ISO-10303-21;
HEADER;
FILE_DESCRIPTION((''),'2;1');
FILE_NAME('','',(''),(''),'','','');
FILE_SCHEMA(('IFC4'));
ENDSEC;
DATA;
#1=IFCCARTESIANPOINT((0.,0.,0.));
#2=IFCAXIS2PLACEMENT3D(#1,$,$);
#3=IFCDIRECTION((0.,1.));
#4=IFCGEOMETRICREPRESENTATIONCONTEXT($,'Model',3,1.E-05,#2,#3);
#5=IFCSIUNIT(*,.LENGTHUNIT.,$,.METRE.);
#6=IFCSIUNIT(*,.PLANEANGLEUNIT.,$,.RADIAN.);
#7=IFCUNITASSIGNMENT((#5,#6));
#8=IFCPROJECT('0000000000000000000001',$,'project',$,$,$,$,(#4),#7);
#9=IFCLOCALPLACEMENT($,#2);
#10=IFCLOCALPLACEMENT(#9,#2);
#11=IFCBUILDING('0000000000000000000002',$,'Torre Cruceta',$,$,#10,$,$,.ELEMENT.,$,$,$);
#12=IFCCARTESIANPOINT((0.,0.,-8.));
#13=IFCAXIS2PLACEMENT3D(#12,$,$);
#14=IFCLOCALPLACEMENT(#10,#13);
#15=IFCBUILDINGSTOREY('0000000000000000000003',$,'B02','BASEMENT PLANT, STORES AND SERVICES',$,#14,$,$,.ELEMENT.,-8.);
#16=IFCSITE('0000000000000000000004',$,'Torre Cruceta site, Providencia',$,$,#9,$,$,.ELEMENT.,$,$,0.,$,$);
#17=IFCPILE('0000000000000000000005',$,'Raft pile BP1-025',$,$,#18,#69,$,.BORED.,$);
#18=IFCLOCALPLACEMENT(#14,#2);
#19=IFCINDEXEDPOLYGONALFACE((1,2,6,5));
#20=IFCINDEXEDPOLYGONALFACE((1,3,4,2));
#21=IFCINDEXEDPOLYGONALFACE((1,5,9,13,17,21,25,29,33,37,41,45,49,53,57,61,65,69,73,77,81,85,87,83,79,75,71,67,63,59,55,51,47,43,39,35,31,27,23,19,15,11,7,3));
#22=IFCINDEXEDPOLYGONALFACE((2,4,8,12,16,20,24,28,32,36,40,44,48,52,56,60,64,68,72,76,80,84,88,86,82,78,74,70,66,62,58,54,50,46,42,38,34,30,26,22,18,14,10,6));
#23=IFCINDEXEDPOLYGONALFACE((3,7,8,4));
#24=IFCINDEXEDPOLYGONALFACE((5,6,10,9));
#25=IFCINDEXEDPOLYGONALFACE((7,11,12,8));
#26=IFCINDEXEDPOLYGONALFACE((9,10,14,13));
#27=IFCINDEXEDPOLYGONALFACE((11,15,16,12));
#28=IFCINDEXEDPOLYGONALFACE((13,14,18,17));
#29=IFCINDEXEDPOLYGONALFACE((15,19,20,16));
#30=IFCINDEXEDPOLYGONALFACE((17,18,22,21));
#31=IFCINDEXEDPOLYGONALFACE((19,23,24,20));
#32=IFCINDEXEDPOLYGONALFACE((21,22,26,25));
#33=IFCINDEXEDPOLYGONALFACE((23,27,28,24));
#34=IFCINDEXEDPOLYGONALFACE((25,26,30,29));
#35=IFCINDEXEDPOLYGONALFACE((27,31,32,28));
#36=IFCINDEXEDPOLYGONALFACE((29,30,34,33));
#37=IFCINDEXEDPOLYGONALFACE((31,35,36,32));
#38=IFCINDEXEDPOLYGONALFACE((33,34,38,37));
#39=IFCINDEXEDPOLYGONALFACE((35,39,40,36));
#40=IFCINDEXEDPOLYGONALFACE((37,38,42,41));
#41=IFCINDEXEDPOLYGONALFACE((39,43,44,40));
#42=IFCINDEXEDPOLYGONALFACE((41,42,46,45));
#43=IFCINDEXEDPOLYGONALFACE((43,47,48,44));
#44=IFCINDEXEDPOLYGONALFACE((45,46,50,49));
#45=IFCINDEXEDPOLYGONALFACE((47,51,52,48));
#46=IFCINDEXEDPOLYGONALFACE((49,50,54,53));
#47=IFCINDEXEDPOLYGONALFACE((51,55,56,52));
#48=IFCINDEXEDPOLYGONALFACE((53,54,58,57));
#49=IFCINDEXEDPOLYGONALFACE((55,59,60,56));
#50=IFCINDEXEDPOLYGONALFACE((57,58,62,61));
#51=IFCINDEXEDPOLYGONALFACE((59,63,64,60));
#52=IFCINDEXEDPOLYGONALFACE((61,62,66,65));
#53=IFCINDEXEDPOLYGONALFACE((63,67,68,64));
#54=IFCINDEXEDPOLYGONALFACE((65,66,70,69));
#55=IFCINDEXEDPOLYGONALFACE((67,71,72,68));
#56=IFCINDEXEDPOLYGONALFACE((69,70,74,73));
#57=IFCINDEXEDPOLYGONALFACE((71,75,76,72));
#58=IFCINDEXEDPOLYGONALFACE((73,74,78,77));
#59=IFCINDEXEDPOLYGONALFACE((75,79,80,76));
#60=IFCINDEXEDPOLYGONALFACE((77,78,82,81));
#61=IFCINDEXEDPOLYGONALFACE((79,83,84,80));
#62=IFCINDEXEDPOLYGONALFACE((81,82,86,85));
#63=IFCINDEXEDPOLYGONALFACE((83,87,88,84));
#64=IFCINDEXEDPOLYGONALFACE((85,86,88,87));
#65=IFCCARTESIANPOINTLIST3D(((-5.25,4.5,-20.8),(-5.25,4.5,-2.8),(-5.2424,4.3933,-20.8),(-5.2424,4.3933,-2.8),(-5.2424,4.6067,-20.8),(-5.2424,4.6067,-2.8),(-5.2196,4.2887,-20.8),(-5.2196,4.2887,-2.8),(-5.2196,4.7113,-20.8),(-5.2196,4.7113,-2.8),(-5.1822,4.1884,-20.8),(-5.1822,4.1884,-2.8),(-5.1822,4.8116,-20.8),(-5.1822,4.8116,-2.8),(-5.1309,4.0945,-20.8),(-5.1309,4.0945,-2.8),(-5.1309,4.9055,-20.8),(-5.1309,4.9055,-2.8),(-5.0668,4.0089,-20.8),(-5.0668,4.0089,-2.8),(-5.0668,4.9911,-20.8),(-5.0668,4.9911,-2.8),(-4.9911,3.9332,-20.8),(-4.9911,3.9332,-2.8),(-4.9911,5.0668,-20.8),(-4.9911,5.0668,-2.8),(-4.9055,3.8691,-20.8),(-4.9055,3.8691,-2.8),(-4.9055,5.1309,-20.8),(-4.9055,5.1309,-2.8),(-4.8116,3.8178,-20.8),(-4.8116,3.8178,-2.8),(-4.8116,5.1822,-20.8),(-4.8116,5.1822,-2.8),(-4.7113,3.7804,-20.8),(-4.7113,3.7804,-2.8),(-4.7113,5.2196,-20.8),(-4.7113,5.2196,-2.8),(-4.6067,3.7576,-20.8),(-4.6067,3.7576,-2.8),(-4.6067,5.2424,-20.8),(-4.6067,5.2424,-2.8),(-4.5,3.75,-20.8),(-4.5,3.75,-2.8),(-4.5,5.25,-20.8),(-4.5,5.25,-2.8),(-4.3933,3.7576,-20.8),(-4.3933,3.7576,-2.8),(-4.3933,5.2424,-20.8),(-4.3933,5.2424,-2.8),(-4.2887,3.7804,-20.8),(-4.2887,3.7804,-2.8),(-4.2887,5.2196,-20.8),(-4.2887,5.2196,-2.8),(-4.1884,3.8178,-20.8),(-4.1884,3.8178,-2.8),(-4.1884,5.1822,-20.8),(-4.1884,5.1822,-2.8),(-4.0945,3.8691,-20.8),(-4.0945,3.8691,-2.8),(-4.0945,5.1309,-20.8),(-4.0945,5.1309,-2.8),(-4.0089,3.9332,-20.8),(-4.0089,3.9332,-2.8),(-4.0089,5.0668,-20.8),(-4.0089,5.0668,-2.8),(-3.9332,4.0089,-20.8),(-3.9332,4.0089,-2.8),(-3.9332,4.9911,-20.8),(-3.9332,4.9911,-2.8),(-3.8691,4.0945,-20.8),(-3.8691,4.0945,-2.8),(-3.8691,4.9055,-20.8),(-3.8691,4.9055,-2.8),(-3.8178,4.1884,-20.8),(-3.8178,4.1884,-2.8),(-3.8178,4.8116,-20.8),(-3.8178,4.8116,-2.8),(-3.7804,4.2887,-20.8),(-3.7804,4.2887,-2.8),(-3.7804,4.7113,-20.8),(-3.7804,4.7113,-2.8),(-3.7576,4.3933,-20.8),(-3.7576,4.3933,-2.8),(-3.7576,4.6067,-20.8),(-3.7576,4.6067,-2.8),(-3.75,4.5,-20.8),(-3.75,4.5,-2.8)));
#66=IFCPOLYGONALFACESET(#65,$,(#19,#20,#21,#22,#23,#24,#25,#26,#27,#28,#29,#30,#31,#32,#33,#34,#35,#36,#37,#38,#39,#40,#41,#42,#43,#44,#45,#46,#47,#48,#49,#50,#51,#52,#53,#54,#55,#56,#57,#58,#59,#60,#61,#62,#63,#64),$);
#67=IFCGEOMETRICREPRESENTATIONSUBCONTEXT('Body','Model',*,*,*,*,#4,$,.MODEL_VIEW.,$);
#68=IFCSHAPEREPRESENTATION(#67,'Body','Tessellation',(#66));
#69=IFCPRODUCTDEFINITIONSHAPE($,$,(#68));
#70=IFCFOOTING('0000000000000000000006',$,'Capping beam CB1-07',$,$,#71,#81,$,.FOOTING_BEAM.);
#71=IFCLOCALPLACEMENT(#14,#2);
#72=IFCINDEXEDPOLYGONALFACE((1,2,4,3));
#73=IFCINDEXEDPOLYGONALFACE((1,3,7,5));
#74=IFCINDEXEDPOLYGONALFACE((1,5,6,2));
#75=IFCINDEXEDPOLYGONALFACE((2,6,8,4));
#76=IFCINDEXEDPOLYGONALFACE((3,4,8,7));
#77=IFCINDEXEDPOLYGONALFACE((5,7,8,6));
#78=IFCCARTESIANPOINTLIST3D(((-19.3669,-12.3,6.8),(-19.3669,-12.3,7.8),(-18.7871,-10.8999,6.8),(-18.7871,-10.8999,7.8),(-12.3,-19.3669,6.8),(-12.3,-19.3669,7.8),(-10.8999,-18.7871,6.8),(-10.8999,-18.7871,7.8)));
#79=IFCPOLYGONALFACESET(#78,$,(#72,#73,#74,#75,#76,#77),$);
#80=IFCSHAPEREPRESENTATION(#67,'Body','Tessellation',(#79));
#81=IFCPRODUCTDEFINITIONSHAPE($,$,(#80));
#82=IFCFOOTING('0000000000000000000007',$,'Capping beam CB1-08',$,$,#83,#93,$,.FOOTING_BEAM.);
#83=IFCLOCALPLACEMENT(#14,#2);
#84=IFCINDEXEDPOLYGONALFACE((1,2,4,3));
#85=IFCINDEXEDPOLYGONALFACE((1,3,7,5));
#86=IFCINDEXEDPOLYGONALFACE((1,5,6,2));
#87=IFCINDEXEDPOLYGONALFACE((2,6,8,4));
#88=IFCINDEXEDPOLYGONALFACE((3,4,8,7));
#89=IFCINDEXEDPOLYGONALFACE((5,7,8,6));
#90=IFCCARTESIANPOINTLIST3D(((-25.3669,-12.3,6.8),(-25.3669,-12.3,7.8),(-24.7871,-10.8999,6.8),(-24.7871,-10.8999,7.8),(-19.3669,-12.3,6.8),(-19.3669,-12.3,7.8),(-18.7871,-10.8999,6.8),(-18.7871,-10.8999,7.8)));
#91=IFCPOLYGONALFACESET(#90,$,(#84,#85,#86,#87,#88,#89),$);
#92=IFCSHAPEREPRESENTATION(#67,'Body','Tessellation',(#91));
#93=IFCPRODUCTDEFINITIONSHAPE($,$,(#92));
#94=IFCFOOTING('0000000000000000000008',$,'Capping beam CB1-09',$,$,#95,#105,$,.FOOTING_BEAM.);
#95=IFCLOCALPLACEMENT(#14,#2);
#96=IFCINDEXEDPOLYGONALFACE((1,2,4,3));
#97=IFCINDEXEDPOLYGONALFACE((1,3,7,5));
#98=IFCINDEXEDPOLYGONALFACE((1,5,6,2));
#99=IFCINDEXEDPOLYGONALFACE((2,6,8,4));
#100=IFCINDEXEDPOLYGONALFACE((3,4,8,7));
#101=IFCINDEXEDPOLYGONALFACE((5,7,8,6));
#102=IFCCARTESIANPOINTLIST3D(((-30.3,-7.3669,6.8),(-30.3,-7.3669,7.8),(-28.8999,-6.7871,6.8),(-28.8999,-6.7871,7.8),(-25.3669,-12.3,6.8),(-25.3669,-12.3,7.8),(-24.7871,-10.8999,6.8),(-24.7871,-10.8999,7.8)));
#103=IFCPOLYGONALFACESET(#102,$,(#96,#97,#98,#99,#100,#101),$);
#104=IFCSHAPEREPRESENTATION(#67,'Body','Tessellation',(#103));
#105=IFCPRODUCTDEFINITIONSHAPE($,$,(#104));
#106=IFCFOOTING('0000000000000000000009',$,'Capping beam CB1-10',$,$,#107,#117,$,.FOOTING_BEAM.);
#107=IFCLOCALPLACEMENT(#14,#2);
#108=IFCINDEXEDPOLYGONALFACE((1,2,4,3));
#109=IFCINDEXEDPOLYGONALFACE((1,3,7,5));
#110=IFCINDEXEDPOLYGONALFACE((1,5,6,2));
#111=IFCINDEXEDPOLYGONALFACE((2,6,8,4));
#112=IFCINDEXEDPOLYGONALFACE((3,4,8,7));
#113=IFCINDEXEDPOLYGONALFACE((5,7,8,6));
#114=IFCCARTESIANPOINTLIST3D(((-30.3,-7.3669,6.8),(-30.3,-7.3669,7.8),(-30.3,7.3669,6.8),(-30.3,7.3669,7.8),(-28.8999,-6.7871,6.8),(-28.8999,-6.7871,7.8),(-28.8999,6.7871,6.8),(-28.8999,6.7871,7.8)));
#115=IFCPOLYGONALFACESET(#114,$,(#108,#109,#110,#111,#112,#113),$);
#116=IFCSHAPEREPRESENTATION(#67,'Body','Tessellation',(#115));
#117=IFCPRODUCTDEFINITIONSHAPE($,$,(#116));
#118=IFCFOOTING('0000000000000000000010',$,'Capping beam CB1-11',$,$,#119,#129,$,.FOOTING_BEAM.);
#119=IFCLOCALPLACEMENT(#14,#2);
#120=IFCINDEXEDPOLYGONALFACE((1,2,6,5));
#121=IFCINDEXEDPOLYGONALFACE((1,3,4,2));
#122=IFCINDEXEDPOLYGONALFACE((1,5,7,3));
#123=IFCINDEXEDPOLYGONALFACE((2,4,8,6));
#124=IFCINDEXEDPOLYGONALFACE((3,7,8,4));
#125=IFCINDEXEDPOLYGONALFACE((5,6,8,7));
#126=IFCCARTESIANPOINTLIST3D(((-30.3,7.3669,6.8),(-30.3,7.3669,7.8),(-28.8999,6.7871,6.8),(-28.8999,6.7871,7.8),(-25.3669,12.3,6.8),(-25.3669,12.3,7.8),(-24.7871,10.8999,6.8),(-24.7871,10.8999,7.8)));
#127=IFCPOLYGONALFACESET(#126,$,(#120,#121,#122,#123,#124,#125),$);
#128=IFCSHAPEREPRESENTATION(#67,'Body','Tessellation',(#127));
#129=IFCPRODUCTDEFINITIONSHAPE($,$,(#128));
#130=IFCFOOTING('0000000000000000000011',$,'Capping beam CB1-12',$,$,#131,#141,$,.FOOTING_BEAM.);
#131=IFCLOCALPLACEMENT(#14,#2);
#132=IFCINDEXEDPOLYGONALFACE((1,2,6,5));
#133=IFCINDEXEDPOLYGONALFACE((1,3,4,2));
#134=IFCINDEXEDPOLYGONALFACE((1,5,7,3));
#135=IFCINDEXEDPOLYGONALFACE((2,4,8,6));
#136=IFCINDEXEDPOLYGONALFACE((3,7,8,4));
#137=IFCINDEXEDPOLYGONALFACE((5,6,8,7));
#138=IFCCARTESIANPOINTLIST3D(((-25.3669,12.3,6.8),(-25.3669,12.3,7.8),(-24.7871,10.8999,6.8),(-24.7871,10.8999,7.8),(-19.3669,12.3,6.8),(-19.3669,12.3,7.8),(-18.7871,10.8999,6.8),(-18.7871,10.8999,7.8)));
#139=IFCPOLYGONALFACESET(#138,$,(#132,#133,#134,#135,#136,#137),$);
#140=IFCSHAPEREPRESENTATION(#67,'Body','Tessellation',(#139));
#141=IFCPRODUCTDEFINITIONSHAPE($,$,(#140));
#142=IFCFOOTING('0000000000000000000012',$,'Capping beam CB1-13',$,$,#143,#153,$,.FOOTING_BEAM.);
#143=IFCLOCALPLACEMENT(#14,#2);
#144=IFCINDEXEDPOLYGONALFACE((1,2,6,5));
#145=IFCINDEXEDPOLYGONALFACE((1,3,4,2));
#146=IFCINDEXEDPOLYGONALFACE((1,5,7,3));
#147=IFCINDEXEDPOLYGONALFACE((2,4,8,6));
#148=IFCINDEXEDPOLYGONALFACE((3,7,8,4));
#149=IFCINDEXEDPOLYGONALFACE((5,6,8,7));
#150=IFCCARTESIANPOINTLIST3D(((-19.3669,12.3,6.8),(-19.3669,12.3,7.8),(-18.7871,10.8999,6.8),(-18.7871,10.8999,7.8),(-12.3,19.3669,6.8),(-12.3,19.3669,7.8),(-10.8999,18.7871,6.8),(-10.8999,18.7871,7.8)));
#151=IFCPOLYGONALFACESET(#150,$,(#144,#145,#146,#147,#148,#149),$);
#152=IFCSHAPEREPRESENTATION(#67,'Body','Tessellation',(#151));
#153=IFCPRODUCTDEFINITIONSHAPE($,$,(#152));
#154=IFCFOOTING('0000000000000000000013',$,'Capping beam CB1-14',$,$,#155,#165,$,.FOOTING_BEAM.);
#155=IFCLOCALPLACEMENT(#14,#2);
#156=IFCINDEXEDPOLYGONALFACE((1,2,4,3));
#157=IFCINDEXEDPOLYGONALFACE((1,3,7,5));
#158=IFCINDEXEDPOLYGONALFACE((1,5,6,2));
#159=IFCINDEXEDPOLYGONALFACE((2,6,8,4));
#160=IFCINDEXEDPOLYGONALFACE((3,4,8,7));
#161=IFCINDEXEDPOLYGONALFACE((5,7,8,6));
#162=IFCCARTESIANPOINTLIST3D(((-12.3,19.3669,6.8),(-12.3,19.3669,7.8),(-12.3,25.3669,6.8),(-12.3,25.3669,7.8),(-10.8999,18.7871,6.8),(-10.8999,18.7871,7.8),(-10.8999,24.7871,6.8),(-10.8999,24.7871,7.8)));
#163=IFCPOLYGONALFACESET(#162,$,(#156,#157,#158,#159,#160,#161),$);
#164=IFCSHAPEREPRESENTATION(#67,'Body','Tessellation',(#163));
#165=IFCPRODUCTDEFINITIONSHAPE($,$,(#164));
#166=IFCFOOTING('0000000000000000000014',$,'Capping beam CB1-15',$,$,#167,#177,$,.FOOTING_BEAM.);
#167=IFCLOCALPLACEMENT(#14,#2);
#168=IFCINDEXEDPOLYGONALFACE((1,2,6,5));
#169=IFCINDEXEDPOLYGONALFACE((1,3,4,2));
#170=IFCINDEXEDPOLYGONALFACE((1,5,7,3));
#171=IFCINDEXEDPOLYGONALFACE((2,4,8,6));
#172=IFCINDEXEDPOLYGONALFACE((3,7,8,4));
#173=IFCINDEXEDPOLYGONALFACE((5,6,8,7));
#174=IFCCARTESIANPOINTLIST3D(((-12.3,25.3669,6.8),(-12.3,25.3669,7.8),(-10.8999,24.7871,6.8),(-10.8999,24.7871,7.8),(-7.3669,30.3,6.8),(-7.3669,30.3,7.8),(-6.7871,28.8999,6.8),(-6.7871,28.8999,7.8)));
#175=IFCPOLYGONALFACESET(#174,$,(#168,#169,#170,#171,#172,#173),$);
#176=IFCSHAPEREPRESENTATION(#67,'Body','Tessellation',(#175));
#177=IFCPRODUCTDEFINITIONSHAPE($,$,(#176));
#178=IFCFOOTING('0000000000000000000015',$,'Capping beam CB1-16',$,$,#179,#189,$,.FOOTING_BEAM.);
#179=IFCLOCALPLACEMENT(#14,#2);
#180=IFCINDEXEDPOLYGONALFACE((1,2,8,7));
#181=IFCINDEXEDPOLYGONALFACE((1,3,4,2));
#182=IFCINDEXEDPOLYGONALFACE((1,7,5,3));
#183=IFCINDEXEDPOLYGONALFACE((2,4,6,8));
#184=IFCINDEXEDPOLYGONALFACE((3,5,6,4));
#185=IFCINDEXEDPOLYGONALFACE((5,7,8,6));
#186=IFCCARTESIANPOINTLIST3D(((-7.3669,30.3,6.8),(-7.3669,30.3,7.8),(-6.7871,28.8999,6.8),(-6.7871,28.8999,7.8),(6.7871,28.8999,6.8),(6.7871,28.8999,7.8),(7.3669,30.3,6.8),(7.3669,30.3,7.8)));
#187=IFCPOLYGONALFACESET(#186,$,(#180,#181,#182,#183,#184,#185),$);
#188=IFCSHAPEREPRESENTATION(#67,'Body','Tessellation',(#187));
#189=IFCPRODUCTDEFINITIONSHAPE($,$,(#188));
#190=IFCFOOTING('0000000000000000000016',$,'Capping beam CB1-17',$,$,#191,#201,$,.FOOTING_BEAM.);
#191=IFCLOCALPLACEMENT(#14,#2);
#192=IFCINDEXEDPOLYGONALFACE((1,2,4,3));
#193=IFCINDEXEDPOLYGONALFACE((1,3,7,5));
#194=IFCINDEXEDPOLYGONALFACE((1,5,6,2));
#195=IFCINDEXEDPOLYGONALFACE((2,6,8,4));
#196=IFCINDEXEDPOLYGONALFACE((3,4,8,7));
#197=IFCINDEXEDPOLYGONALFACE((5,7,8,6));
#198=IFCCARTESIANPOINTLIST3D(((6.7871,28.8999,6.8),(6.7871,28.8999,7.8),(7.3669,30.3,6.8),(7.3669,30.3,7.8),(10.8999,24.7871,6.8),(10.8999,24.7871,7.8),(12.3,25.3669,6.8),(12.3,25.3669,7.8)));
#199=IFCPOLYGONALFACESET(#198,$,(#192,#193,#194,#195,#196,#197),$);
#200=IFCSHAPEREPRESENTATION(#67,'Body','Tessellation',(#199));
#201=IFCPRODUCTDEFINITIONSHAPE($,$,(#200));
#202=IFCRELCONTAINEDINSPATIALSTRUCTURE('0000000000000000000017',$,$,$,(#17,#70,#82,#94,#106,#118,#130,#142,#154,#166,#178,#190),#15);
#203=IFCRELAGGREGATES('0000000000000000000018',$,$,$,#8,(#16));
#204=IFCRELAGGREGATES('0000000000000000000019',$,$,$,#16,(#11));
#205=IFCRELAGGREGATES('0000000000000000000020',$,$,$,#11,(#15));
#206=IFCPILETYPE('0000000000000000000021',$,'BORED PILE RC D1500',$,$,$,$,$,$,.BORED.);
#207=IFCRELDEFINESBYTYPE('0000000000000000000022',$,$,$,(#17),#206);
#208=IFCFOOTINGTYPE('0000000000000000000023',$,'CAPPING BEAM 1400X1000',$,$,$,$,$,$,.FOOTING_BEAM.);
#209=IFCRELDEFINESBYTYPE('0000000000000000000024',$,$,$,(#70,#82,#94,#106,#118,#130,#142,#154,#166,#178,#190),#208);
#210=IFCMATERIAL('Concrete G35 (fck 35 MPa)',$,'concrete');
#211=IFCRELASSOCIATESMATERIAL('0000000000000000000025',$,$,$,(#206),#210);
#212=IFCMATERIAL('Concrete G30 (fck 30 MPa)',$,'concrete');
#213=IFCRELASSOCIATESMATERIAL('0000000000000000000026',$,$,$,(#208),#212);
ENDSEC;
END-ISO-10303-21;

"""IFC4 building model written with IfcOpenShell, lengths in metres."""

from ifc_helpers import new_model, si_unit, direction, frame, origin, origin_2d, place, context, subcontext, project, spatial, polyline, circle, outline, extrude, material, material_profile, profile_set, type_object, element, save


model = new_model("IFC4")

# Units and contexts
model_context = context("Model", 3, precision=1e-05, world=origin(), true_north=direction((0.0, 1.0)))
body_context = subcontext(model_context, "Body", "Model", "MODEL_VIEW")
ifc_project = project(units=[si_unit("LENGTHUNIT", "METRE"), si_unit("PLANEANGLEUNIT", "RADIAN")], contexts=[model_context])

# Site, building, storey
site_placement = place(None, origin())
site = spatial("IfcSite", under=ifc_project, at=site_placement, Name="Torre Cruceta site, Providencia", CompositionType="ELEMENT", RefElevation=0.0)
building_placement = place(site_placement, origin())
building = spatial("IfcBuilding", under=site, at=building_placement, Name="Torre Cruceta", CompositionType="ELEMENT")
storey_placement = place(building_placement, frame((0.0, 0.0, -8.0)))
storey = spatial("IfcBuildingStorey", under=building, at=storey_placement, Name="B02", Description="BASEMENT PLANT, STORES AND SERVICES", CompositionType="ELEMENT", Elevation=-8.0)

# Pile
ifc_material_1 = material(Name="Concrete G35 (fck 35 MPa)", Category="concrete")
ifc_material_profile = material_profile(ifc_material_1, circle(Radius=0.75, at=origin_2d()), Name="RC D1500")
ifc_profile_set = profile_set([ifc_material_profile], Name="Concrete G35 (fck 35 MPa)")
pile_type = type_object("IfcPileType", Name="BORED PILE RC D1500", PredefinedType="BORED", material=ifc_profile_set)
pile_placement = place(storey_placement, frame((-4.5, 4.5, -2.8), z_axis=(0.0, 0.0, -1.0), x_axis=(1.0, 0.0, 0.0)))
element("IfcPile", 1, at=pile_placement, inside=storey, type_object=pile_type, Name="Raft pile BP1-025", PredefinedType="BORED", context=body_context, shape_type="SweptSolid", body=[
    extrude(circle(Radius=0.75, at=origin_2d()), origin(), (0.0, 0.0, 1.0), 18.0),
])

# Footings
ifc_material_2 = material(Name="Concrete G30 (fck 30 MPa)", Category="concrete")
footing_type = type_object("IfcFootingType", Name="CAPPING BEAM 1400X1000", PredefinedType="FOOTING_BEAM", material=ifc_material_2)
footing_1_placement = place(storey_placement, frame((0.0, 0.0, 6.8)))
element("IfcFooting", 2, at=footing_1_placement, inside=storey, type_object=footing_type, Name="Capping beam CB1-07", PredefinedType="FOOTING_BEAM", context=body_context, shape_type="SweptSolid", body=[
    extrude(outline(polyline([(-10.8999, -18.7871), (-18.7871, -10.8999), (-19.3669, -12.3), (-12.3, -19.3669), (-10.8999, -18.7871)])), origin(), (0.0, 0.0, 1.0), 1.0),
])
footing_2_placement = place(storey_placement, frame((0.0, 0.0, 6.8)))
element("IfcFooting", 3, at=footing_2_placement, inside=storey, type_object=footing_type, Name="Capping beam CB1-08", PredefinedType="FOOTING_BEAM", context=body_context, shape_type="SweptSolid", body=[
    extrude(outline(polyline([(-18.7871, -10.8999), (-24.7871, -10.8999), (-25.3669, -12.3), (-19.3669, -12.3), (-18.7871, -10.8999)])), origin(), (0.0, 0.0, 1.0), 1.0),
])
footing_3_placement = place(storey_placement, frame((0.0, 0.0, 6.8)))
element("IfcFooting", 4, at=footing_3_placement, inside=storey, type_object=footing_type, Name="Capping beam CB1-09", PredefinedType="FOOTING_BEAM", context=body_context, shape_type="SweptSolid", body=[
    extrude(outline(polyline([(-24.7871, -10.8999), (-28.8999, -6.7871), (-30.3, -7.3669), (-25.3669, -12.3), (-24.7871, -10.8999)])), origin(), (0.0, 0.0, 1.0), 1.0),
])
footing_4_placement = place(storey_placement, frame((0.0, 0.0, 6.8)))
element("IfcFooting", 5, at=footing_4_placement, inside=storey, type_object=footing_type, Name="Capping beam CB1-10", PredefinedType="FOOTING_BEAM", context=body_context, shape_type="SweptSolid", body=[
    extrude(outline(polyline([(-28.8999, -6.7871), (-28.8999, 6.7871), (-30.3, 7.3669), (-30.3, -7.3669), (-28.8999, -6.7871)])), origin(), (0.0, 0.0, 1.0), 1.0),
])
footing_5_placement = place(storey_placement, frame((0.0, 0.0, 6.8)))
element("IfcFooting", 6, at=footing_5_placement, inside=storey, type_object=footing_type, Name="Capping beam CB1-11", PredefinedType="FOOTING_BEAM", context=body_context, shape_type="SweptSolid", body=[
    extrude(outline(polyline([(-28.8999, 6.7871), (-24.7871, 10.8999), (-25.3669, 12.3), (-30.3, 7.3669), (-28.8999, 6.7871)])), origin(), (0.0, 0.0, 1.0), 1.0),
])
footing_6_placement = place(storey_placement, frame((0.0, 0.0, 6.8)))
element("IfcFooting", 7, at=footing_6_placement, inside=storey, type_object=footing_type, Name="Capping beam CB1-12", PredefinedType="FOOTING_BEAM", context=body_context, shape_type="SweptSolid", body=[
    extrude(outline(polyline([(-24.7871, 10.8999), (-18.7871, 10.8999), (-19.3669, 12.3), (-25.3669, 12.3), (-24.7871, 10.8999)])), origin(), (0.0, 0.0, 1.0), 1.0),
])
footing_7_placement = place(storey_placement, frame((0.0, 0.0, 6.8)))
element("IfcFooting", 8, at=footing_7_placement, inside=storey, type_object=footing_type, Name="Capping beam CB1-13", PredefinedType="FOOTING_BEAM", context=body_context, shape_type="SweptSolid", body=[
    extrude(outline(polyline([(-18.7871, 10.8999), (-10.8999, 18.7871), (-12.3, 19.3669), (-19.3669, 12.3), (-18.7871, 10.8999)])), origin(), (0.0, 0.0, 1.0), 1.0),
])
footing_8_placement = place(storey_placement, frame((0.0, 0.0, 6.8)))
element("IfcFooting", 9, at=footing_8_placement, inside=storey, type_object=footing_type, Name="Capping beam CB1-14", PredefinedType="FOOTING_BEAM", context=body_context, shape_type="SweptSolid", body=[
    extrude(outline(polyline([(-10.8999, 18.7871), (-10.8999, 24.7871), (-12.3, 25.3669), (-12.3, 19.3669), (-10.8999, 18.7871)])), origin(), (0.0, 0.0, 1.0), 1.0),
])
footing_9_placement = place(storey_placement, frame((0.0, 0.0, 6.8)))
element("IfcFooting", 10, at=footing_9_placement, inside=storey, type_object=footing_type, Name="Capping beam CB1-15", PredefinedType="FOOTING_BEAM", context=body_context, shape_type="SweptSolid", body=[
    extrude(outline(polyline([(-10.8999, 24.7871), (-6.7871, 28.8999), (-7.3669, 30.3), (-12.3, 25.3669), (-10.8999, 24.7871)])), origin(), (0.0, 0.0, 1.0), 1.0),
])
footing_10_placement = place(storey_placement, frame((0.0, 0.0, 6.8)))
element("IfcFooting", 11, at=footing_10_placement, inside=storey, type_object=footing_type, Name="Capping beam CB1-16", PredefinedType="FOOTING_BEAM", context=body_context, shape_type="SweptSolid", body=[
    extrude(outline(polyline([(-6.7871, 28.8999), (6.7871, 28.8999), (7.3669, 30.3), (-7.3669, 30.3), (-6.7871, 28.8999)])), origin(), (0.0, 0.0, 1.0), 1.0),
])
footing_11_placement = place(storey_placement, frame((0.0, 0.0, 6.8)))
element("IfcFooting", 12, at=footing_11_placement, inside=storey, type_object=footing_type, Name="Capping beam CB1-17", PredefinedType="FOOTING_BEAM", context=body_context, shape_type="SweptSolid", body=[
    extrude(outline(polyline([(6.7871, 28.8999), (10.8999, 24.7871), (12.3, 25.3669), (7.3669, 30.3), (6.7871, 28.8999)])), origin(), (0.0, 0.0, 1.0), 1.0),
])

save(model, "model.ifc")
